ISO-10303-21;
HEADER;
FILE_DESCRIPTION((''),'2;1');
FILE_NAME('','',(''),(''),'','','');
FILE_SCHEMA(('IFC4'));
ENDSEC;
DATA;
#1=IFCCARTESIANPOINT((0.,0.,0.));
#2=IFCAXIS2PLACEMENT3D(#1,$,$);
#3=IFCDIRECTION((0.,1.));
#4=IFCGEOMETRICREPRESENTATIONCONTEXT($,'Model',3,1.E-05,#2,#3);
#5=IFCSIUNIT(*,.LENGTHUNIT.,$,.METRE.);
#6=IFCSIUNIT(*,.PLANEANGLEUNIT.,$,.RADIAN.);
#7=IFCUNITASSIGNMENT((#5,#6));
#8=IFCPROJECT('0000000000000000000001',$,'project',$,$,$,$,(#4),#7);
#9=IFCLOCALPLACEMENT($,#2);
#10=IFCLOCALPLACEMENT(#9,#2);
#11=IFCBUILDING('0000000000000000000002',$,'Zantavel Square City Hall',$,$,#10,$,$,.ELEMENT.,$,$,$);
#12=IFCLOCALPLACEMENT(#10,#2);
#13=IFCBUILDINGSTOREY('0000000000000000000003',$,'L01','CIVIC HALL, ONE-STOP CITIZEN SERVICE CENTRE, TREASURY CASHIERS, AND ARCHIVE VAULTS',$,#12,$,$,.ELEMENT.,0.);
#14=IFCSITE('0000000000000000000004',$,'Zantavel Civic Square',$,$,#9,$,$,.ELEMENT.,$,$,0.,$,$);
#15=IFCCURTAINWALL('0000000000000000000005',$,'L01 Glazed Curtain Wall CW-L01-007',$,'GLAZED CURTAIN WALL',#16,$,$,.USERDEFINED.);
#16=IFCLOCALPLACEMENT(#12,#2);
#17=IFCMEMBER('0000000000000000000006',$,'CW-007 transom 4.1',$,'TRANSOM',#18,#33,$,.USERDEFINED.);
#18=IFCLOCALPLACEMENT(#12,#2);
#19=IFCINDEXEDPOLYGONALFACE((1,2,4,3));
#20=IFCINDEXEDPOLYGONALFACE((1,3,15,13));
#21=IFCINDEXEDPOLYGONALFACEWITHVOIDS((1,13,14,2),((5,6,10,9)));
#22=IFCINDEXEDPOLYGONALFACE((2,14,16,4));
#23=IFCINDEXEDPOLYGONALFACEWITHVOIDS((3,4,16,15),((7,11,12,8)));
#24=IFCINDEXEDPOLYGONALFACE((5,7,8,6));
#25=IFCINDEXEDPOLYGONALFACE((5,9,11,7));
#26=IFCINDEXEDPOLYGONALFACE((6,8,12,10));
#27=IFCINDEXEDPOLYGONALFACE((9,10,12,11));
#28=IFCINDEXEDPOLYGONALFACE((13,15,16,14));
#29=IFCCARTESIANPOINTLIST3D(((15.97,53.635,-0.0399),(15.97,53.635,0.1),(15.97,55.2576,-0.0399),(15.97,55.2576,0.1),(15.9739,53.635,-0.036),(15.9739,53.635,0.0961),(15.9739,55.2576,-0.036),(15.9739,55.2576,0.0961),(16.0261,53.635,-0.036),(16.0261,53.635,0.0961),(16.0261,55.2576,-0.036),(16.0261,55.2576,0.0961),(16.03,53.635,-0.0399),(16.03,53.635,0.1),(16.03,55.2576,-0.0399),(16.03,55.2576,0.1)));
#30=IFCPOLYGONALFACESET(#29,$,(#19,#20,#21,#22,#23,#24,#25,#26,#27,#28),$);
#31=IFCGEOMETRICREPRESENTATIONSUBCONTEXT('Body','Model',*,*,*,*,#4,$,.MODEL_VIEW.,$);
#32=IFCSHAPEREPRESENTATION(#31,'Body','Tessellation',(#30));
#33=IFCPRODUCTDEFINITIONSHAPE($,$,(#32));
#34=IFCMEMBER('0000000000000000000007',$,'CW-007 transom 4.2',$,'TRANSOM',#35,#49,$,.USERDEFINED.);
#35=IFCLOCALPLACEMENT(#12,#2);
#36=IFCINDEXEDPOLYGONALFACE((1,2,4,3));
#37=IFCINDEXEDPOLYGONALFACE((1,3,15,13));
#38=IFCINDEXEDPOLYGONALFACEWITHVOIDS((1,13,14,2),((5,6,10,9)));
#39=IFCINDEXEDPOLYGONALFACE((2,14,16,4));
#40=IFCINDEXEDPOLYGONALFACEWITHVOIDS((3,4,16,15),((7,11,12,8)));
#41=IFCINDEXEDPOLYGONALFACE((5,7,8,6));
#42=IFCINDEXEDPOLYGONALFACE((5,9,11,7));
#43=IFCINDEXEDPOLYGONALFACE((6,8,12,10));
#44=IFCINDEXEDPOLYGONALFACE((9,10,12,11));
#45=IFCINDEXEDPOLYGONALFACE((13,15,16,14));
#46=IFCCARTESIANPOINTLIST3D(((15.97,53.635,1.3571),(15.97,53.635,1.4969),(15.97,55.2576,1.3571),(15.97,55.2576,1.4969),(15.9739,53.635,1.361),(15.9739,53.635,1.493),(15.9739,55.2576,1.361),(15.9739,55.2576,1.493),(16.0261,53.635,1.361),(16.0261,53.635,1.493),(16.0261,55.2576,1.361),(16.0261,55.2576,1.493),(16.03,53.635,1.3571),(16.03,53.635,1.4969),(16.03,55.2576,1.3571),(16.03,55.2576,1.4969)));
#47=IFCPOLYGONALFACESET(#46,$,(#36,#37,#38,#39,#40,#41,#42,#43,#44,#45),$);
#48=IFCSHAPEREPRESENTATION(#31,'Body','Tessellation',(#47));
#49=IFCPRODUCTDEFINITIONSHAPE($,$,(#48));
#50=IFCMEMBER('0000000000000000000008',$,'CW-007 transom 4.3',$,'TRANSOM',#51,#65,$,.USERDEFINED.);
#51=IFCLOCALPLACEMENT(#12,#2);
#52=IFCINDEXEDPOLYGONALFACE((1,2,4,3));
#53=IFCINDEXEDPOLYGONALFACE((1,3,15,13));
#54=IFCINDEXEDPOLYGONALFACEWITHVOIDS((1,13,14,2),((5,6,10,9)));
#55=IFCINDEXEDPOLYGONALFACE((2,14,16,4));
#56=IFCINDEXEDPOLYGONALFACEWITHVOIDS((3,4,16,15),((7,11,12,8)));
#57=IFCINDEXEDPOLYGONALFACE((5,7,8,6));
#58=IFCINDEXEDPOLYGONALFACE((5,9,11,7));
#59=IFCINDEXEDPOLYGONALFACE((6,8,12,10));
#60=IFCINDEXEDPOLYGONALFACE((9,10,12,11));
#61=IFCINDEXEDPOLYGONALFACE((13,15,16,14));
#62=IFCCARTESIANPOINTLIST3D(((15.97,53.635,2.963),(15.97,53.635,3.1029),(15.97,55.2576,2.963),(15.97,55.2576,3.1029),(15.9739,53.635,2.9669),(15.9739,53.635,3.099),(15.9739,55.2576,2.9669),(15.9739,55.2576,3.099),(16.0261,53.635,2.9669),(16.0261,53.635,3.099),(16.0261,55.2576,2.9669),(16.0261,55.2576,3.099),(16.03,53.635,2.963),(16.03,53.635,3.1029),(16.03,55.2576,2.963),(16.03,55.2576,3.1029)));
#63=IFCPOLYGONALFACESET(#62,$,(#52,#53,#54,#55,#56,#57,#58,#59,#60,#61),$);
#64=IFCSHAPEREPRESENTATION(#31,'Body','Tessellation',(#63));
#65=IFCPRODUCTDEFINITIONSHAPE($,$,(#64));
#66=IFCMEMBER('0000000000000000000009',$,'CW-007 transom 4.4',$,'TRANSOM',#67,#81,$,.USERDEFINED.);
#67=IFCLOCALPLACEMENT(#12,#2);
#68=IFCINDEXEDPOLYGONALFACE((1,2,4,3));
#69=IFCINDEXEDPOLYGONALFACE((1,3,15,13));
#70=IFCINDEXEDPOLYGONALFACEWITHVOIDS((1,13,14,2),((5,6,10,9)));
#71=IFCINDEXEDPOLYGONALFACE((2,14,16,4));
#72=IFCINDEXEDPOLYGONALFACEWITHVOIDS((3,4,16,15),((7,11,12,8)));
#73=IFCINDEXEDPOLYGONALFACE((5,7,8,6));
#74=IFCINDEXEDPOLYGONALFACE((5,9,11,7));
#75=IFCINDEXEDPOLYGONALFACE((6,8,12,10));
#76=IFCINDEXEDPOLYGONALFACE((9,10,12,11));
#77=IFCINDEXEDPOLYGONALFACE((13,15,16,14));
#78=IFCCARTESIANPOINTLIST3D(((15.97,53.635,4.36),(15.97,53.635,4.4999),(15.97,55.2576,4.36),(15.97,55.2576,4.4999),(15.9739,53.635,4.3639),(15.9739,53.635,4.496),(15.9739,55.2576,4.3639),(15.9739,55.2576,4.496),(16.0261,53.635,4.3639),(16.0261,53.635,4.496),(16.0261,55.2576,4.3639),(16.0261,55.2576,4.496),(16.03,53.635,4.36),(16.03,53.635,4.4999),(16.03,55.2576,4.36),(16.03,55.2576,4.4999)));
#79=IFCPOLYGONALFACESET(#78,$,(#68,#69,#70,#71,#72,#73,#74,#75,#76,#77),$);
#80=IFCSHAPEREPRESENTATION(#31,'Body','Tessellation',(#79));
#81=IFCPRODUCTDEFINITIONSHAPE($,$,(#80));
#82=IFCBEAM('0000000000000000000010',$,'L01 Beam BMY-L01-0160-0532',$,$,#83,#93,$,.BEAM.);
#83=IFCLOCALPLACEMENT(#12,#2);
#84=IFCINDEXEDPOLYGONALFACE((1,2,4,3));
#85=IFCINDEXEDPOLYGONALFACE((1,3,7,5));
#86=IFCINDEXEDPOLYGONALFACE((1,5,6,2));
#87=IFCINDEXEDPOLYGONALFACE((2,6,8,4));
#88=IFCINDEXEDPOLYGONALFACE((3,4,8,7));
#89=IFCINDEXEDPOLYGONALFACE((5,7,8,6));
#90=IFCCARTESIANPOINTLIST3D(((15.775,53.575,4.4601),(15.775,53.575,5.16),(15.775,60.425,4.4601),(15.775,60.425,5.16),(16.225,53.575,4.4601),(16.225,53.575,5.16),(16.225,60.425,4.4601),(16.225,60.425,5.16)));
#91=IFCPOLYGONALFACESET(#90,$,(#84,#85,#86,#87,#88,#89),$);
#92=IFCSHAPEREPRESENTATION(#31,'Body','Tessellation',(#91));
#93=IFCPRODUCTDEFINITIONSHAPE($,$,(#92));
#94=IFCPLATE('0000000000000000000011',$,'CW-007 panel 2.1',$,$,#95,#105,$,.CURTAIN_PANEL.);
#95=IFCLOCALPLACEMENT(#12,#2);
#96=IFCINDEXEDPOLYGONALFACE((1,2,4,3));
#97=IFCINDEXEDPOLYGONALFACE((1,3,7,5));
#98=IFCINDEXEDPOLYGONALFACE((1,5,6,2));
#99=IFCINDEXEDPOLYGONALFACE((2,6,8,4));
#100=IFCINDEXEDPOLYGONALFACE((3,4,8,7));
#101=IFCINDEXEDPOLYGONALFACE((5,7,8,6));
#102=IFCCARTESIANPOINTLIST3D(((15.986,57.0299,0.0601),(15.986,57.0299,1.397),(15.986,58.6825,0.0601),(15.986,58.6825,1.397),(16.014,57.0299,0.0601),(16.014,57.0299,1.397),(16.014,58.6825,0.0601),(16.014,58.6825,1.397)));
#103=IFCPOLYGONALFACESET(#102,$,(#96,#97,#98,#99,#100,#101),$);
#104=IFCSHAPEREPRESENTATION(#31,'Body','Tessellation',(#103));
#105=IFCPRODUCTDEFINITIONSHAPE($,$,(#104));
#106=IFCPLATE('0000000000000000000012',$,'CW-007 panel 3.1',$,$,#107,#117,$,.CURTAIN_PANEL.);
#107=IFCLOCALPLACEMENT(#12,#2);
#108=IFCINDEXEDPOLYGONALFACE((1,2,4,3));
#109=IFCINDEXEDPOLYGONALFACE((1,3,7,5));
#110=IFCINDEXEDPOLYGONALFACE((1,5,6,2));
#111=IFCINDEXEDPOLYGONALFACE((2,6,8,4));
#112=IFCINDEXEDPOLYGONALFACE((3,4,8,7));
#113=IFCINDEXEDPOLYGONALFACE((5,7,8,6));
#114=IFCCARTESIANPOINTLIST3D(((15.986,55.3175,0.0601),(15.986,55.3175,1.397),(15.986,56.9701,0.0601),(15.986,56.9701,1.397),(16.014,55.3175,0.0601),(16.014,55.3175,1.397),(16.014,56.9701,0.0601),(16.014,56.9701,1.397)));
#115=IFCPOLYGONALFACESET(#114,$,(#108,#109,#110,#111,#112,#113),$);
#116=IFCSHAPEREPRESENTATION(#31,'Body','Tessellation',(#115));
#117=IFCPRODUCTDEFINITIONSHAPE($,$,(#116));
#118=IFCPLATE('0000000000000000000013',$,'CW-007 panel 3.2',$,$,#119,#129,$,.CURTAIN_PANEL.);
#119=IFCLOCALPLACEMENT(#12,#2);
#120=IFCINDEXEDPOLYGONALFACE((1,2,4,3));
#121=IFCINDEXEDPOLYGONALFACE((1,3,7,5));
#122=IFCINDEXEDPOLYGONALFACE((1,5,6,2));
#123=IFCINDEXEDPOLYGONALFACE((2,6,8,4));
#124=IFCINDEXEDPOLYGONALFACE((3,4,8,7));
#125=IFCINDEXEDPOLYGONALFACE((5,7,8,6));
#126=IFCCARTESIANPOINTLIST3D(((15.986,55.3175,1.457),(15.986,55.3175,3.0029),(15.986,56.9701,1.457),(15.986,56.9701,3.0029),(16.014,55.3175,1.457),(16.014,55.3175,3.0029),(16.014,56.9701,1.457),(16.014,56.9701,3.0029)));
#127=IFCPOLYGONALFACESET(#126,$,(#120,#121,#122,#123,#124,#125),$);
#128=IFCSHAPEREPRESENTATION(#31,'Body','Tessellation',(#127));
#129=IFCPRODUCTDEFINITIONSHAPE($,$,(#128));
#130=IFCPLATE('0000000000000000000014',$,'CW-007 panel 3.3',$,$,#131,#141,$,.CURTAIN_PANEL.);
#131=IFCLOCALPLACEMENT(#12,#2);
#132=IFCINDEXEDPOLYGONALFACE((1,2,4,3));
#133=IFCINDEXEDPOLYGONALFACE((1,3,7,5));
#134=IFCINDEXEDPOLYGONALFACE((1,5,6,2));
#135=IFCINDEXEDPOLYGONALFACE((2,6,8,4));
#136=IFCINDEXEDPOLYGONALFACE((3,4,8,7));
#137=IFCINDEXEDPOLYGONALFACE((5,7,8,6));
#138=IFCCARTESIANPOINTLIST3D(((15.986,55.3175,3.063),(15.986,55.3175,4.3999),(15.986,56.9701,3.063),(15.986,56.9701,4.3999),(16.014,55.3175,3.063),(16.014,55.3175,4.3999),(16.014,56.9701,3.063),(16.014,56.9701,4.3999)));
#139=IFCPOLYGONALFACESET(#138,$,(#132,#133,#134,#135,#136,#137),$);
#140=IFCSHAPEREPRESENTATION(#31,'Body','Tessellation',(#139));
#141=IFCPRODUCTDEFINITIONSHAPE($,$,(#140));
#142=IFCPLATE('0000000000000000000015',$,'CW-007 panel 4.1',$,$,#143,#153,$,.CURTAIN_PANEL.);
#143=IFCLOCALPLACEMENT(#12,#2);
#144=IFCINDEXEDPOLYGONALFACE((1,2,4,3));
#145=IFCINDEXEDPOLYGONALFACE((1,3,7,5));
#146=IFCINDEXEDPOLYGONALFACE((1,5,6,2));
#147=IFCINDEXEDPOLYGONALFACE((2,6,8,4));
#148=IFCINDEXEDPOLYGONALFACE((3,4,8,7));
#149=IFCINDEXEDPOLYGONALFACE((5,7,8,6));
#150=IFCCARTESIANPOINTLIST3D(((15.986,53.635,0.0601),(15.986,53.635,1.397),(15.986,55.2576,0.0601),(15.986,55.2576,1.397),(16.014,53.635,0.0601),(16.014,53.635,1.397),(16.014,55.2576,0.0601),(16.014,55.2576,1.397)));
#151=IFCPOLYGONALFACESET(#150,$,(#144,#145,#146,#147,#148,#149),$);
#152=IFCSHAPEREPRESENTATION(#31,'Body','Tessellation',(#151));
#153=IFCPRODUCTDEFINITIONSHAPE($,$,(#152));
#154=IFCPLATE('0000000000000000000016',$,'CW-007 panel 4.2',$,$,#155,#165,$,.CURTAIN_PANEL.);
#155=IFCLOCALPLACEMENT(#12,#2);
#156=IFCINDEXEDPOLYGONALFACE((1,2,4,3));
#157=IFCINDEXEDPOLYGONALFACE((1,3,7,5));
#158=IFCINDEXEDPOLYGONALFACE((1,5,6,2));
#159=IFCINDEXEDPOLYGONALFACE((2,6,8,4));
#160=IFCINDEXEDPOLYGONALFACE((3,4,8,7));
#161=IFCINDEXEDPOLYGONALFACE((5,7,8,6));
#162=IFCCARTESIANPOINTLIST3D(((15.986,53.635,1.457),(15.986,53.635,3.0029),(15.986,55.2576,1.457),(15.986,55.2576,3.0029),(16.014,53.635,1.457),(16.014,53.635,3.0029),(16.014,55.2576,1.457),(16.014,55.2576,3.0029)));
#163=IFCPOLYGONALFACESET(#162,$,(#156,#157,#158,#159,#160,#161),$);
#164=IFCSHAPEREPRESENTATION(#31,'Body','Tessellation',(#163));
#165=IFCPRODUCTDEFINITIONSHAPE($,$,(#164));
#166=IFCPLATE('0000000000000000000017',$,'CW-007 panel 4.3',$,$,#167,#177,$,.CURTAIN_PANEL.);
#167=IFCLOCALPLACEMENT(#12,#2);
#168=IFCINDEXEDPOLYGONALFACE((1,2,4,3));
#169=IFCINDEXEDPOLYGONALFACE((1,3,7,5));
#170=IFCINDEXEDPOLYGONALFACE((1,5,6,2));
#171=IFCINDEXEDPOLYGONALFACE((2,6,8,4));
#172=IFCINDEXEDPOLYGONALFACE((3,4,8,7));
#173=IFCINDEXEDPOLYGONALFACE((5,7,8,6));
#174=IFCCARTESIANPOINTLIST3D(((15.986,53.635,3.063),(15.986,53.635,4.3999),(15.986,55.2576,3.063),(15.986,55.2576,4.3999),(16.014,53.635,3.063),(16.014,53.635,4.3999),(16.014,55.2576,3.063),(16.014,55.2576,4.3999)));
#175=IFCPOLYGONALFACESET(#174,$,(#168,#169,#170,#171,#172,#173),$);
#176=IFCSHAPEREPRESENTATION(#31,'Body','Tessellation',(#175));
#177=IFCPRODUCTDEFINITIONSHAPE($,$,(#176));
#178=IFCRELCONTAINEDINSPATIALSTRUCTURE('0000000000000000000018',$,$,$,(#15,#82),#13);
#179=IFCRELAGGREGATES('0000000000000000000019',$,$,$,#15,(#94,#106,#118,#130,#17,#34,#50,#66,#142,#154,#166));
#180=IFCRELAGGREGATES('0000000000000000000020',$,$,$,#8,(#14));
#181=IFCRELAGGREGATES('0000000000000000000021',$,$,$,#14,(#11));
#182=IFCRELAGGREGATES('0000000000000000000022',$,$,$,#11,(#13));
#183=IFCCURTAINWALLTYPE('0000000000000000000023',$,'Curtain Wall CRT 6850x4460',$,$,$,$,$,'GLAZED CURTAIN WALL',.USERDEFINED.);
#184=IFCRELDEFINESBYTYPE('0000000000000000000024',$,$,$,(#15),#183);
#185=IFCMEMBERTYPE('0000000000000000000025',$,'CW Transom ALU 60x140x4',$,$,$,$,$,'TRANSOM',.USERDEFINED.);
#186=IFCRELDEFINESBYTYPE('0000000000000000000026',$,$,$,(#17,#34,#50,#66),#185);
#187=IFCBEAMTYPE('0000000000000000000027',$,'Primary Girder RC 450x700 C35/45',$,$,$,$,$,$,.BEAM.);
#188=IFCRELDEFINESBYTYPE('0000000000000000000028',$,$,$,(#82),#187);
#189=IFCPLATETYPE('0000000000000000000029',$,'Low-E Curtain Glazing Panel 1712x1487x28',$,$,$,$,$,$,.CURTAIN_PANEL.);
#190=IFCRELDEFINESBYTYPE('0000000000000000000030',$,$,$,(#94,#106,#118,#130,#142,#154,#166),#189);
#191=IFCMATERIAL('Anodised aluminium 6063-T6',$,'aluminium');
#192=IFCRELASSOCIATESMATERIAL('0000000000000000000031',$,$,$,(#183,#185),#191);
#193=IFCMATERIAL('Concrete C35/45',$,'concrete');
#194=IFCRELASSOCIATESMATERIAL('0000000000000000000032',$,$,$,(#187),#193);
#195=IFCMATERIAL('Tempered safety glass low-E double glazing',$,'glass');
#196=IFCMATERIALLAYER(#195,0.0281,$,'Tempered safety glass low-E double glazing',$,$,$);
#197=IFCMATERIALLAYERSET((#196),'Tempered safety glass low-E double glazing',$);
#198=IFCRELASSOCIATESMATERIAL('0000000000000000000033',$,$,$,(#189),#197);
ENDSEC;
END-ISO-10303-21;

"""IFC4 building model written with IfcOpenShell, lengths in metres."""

from ifc_helpers import new_model, si_unit, direction, frame, origin, origin_2d, place, context, subcontext, project, spatial, rectangle, hollow_rectangle, extrude, material, layer, layer_set, material_profile, profile_set, type_object, element, aggregate, save


model = new_model("IFC4")

# Units and contexts
model_context = context("Model", 3, precision=1e-05, world=origin(), true_north=direction((0.0, 1.0)))
body_context = subcontext(model_context, "Body", "Model", "MODEL_VIEW")
ifc_project = project(units=[si_unit("LENGTHUNIT", "METRE"), si_unit("PLANEANGLEUNIT", "RADIAN")], contexts=[model_context])

# Site, building, storey
site_placement = place(None, origin())
site = spatial("IfcSite", under=ifc_project, at=site_placement, Name="Zantavel Civic Square", CompositionType="ELEMENT", RefElevation=0.0)
building_placement = place(site_placement, origin())
building = spatial("IfcBuilding", under=site, at=building_placement, Name="Zantavel Square City Hall", CompositionType="ELEMENT")
storey_placement = place(building_placement, origin())
storey = spatial("IfcBuildingStorey", under=building, at=storey_placement, Name="L01", Description="CIVIC HALL, ONE-STOP CITIZEN SERVICE CENTRE, TREASURY CASHIERS, AND ARCHIVE VAULTS", CompositionType="ELEMENT", Elevation=0.0)

# Curtain wall
ifc_material_1 = material(Name="Anodised aluminium 6063-T6", Category="aluminium")
curtain_wall_type = type_object("IfcCurtainWallType", Name="Curtain Wall CRT 6850x4460", ElementType="GLAZED CURTAIN WALL", PredefinedType="USERDEFINED", material=ifc_material_1)
curtain_wall_1_placement = place(storey_placement, origin())
curtain_wall_1 = element("IfcCurtainWall", 1, at=curtain_wall_1_placement, inside=storey, type_object=curtain_wall_type, Name="L01 Glazed Curtain Wall CW-L01-007", ObjectType="GLAZED CURTAIN WALL", PredefinedType="USERDEFINED")

# Members
ifc_material_profile_1 = material_profile(ifc_material_1, hollow_rectangle(XDim=0.0601, YDim=0.1399, WallThickness=0.0039, at=origin_2d()), Name="ALU 60x140x4")
ifc_profile_set_1 = profile_set([ifc_material_profile_1], Name="Anodised aluminium 6063-T6")
member_type_1 = type_object("IfcMemberType", Name="CW Transom ALU 60x140x4", ElementType="TRANSOM", PredefinedType="USERDEFINED", material=ifc_profile_set_1)
member_1_placement = place(storey_placement, frame((16.0, 55.2576, 0.03), z_axis=(0.0, -1.0, 0.0), x_axis=(1.0, 0.0, 0.0)))
member_1 = element("IfcMember", 2, at=member_1_placement, type_object=member_type_1, Name="CW-007 transom 4.1", ObjectType="TRANSOM", PredefinedType="USERDEFINED", context=body_context, shape_type="SweptSolid", body=[
    extrude(hollow_rectangle(XDim=0.0601, YDim=0.1399, WallThickness=0.0039, at=origin_2d()), origin(), (0.0, 0.0, 1.0), 1.6226),
])
member_2_placement = place(storey_placement, frame((16.0, 55.2576, 1.427), z_axis=(0.0, -1.0, 0.0), x_axis=(1.0, 0.0, 0.0)))
member_2 = element("IfcMember", 3, at=member_2_placement, type_object=member_type_1, Name="CW-007 transom 4.2", ObjectType="TRANSOM", PredefinedType="USERDEFINED", context=body_context, shape_type="SweptSolid", body=[
    extrude(hollow_rectangle(XDim=0.0601, YDim=0.1399, WallThickness=0.0039, at=origin_2d()), origin(), (0.0, 0.0, 1.0), 1.6226),
])
member_3_placement = place(storey_placement, frame((16.0, 55.2576, 3.033), z_axis=(0.0, -1.0, 0.0), x_axis=(1.0, 0.0, 0.0)))
member_3 = element("IfcMember", 4, at=member_3_placement, type_object=member_type_1, Name="CW-007 transom 4.3", ObjectType="TRANSOM", PredefinedType="USERDEFINED", context=body_context, shape_type="SweptSolid", body=[
    extrude(hollow_rectangle(XDim=0.0601, YDim=0.1399, WallThickness=0.0039, at=origin_2d()), origin(), (0.0, 0.0, 1.0), 1.6226),
])
member_4_placement = place(storey_placement, frame((16.0, 55.2576, 4.4299), z_axis=(0.0, -1.0, 0.0), x_axis=(1.0, 0.0, 0.0)))
member_4 = element("IfcMember", 5, at=member_4_placement, type_object=member_type_1, Name="CW-007 transom 4.4", ObjectType="TRANSOM", PredefinedType="USERDEFINED", context=body_context, shape_type="SweptSolid", body=[
    extrude(hollow_rectangle(XDim=0.0601, YDim=0.1399, WallThickness=0.0039, at=origin_2d()), origin(), (0.0, 0.0, 1.0), 1.6226),
])

# Beam
ifc_material_2 = material(Name="Concrete C35/45", Category="concrete")
ifc_material_profile_2 = material_profile(ifc_material_2, rectangle(XDim=0.45, YDim=0.7, at=origin_2d()), Name="RC 450x700")
ifc_profile_set_2 = profile_set([ifc_material_profile_2], Name="Concrete C35/45")
beam_type = type_object("IfcBeamType", Name="Primary Girder RC 450x700 C35/45", PredefinedType="BEAM", material=ifc_profile_set_2)
beam_placement = place(storey_placement, frame((16.0, 53.575, 4.8101), z_axis=(0.0, 1.0, 0.0), x_axis=(-1.0, 0.0, 0.0)))
element("IfcBeam", 6, at=beam_placement, inside=storey, type_object=beam_type, Name="L01 Beam BMY-L01-0160-0532", PredefinedType="BEAM", context=body_context, shape_type="SweptSolid", body=[
    extrude(rectangle(XDim=0.45, YDim=0.7, at=origin_2d()), origin(), (0.0, 0.0, 1.0), 6.8501),
])

# Plates
ifc_material_3 = material(Name="Tempered safety glass low-E double glazing", Category="glass")
ifc_layer = layer(ifc_material_3, 0.0281, Name="Tempered safety glass low-E double glazing")
ifc_layer_set = layer_set([ifc_layer], Name="Tempered safety glass low-E double glazing")
plate_type = type_object("IfcPlateType", Name="Low-E Curtain Glazing Panel 1712x1487x28", PredefinedType="CURTAIN_PANEL", material=ifc_layer_set)
plate_1_placement = place(storey_placement, frame((16.0, 57.8562, 0.0601), z_axis=(0.0, 0.0, 1.0), x_axis=(0.0, -1.0, 0.0)))
plate_1 = element("IfcPlate", 7, at=plate_1_placement, type_object=plate_type, Name="CW-007 panel 2.1", PredefinedType="CURTAIN_PANEL", context=body_context, shape_type="SweptSolid", body=[
    extrude(rectangle(XDim=1.6526, YDim=0.0281, at=origin_2d()), origin(), (0.0, 0.0, 1.0), 1.3369),
])
plate_2_placement = place(storey_placement, frame((16.0, 56.1438, 0.0601), z_axis=(0.0, 0.0, 1.0), x_axis=(0.0, -1.0, 0.0)))
plate_2 = element("IfcPlate", 8, at=plate_2_placement, type_object=plate_type, Name="CW-007 panel 3.1", PredefinedType="CURTAIN_PANEL", context=body_context, shape_type="SweptSolid", body=[
    extrude(rectangle(XDim=1.6526, YDim=0.0281, at=origin_2d()), origin(), (0.0, 0.0, 1.0), 1.3369),
])
plate_3_placement = place(storey_placement, frame((16.0, 56.1438, 1.457), z_axis=(0.0, 0.0, 1.0), x_axis=(0.0, -1.0, 0.0)))
plate_3 = element("IfcPlate", 9, at=plate_3_placement, type_object=plate_type, Name="CW-007 panel 3.2", PredefinedType="CURTAIN_PANEL", context=body_context, shape_type="SweptSolid", body=[
    extrude(rectangle(XDim=1.6526, YDim=0.0281, at=origin_2d()), origin(), (0.0, 0.0, 1.0), 1.5459),
])
plate_4_placement = place(storey_placement, frame((16.0, 56.1438, 3.063), z_axis=(0.0, 0.0, 1.0), x_axis=(0.0, -1.0, 0.0)))
plate_4 = element("IfcPlate", 10, at=plate_4_placement, type_object=plate_type, Name="CW-007 panel 3.3", PredefinedType="CURTAIN_PANEL", context=body_context, shape_type="SweptSolid", body=[
    extrude(rectangle(XDim=1.6526, YDim=0.0281, at=origin_2d()), origin(), (0.0, 0.0, 1.0), 1.3369),
])
plate_5_placement = place(storey_placement, frame((16.0, 54.4463, 0.0601), z_axis=(0.0, 0.0, 1.0), x_axis=(0.0, -1.0, 0.0)))
plate_5 = element("IfcPlate", 11, at=plate_5_placement, type_object=plate_type, Name="CW-007 panel 4.1", PredefinedType="CURTAIN_PANEL", context=body_context, shape_type="SweptSolid", body=[
    extrude(rectangle(XDim=1.6226, YDim=0.0281, at=origin_2d()), origin(), (0.0, 0.0, 1.0), 1.3369),
])
plate_6_placement = place(storey_placement, frame((16.0, 54.4463, 1.457), z_axis=(0.0, 0.0, 1.0), x_axis=(0.0, -1.0, 0.0)))
plate_6 = element("IfcPlate", 12, at=plate_6_placement, type_object=plate_type, Name="CW-007 panel 4.2", PredefinedType="CURTAIN_PANEL", context=body_context, shape_type="SweptSolid", body=[
    extrude(rectangle(XDim=1.6226, YDim=0.0281, at=origin_2d()), origin(), (0.0, 0.0, 1.0), 1.5459),
])
plate_7_placement = place(storey_placement, frame((16.0, 54.4463, 3.063), z_axis=(0.0, 0.0, 1.0), x_axis=(0.0, -1.0, 0.0)))
plate_7 = element("IfcPlate", 13, at=plate_7_placement, type_object=plate_type, Name="CW-007 panel 4.3", PredefinedType="CURTAIN_PANEL", context=body_context, shape_type="SweptSolid", body=[
    extrude(rectangle(XDim=1.6226, YDim=0.0281, at=origin_2d()), origin(), (0.0, 0.0, 1.0), 1.3369),
])
aggregate(curtain_wall_1, [plate_1, plate_2, plate_3, plate_4, member_1, member_2, member_3, member_4, plate_5, plate_6, plate_7])

save(model, "model.ifc")
